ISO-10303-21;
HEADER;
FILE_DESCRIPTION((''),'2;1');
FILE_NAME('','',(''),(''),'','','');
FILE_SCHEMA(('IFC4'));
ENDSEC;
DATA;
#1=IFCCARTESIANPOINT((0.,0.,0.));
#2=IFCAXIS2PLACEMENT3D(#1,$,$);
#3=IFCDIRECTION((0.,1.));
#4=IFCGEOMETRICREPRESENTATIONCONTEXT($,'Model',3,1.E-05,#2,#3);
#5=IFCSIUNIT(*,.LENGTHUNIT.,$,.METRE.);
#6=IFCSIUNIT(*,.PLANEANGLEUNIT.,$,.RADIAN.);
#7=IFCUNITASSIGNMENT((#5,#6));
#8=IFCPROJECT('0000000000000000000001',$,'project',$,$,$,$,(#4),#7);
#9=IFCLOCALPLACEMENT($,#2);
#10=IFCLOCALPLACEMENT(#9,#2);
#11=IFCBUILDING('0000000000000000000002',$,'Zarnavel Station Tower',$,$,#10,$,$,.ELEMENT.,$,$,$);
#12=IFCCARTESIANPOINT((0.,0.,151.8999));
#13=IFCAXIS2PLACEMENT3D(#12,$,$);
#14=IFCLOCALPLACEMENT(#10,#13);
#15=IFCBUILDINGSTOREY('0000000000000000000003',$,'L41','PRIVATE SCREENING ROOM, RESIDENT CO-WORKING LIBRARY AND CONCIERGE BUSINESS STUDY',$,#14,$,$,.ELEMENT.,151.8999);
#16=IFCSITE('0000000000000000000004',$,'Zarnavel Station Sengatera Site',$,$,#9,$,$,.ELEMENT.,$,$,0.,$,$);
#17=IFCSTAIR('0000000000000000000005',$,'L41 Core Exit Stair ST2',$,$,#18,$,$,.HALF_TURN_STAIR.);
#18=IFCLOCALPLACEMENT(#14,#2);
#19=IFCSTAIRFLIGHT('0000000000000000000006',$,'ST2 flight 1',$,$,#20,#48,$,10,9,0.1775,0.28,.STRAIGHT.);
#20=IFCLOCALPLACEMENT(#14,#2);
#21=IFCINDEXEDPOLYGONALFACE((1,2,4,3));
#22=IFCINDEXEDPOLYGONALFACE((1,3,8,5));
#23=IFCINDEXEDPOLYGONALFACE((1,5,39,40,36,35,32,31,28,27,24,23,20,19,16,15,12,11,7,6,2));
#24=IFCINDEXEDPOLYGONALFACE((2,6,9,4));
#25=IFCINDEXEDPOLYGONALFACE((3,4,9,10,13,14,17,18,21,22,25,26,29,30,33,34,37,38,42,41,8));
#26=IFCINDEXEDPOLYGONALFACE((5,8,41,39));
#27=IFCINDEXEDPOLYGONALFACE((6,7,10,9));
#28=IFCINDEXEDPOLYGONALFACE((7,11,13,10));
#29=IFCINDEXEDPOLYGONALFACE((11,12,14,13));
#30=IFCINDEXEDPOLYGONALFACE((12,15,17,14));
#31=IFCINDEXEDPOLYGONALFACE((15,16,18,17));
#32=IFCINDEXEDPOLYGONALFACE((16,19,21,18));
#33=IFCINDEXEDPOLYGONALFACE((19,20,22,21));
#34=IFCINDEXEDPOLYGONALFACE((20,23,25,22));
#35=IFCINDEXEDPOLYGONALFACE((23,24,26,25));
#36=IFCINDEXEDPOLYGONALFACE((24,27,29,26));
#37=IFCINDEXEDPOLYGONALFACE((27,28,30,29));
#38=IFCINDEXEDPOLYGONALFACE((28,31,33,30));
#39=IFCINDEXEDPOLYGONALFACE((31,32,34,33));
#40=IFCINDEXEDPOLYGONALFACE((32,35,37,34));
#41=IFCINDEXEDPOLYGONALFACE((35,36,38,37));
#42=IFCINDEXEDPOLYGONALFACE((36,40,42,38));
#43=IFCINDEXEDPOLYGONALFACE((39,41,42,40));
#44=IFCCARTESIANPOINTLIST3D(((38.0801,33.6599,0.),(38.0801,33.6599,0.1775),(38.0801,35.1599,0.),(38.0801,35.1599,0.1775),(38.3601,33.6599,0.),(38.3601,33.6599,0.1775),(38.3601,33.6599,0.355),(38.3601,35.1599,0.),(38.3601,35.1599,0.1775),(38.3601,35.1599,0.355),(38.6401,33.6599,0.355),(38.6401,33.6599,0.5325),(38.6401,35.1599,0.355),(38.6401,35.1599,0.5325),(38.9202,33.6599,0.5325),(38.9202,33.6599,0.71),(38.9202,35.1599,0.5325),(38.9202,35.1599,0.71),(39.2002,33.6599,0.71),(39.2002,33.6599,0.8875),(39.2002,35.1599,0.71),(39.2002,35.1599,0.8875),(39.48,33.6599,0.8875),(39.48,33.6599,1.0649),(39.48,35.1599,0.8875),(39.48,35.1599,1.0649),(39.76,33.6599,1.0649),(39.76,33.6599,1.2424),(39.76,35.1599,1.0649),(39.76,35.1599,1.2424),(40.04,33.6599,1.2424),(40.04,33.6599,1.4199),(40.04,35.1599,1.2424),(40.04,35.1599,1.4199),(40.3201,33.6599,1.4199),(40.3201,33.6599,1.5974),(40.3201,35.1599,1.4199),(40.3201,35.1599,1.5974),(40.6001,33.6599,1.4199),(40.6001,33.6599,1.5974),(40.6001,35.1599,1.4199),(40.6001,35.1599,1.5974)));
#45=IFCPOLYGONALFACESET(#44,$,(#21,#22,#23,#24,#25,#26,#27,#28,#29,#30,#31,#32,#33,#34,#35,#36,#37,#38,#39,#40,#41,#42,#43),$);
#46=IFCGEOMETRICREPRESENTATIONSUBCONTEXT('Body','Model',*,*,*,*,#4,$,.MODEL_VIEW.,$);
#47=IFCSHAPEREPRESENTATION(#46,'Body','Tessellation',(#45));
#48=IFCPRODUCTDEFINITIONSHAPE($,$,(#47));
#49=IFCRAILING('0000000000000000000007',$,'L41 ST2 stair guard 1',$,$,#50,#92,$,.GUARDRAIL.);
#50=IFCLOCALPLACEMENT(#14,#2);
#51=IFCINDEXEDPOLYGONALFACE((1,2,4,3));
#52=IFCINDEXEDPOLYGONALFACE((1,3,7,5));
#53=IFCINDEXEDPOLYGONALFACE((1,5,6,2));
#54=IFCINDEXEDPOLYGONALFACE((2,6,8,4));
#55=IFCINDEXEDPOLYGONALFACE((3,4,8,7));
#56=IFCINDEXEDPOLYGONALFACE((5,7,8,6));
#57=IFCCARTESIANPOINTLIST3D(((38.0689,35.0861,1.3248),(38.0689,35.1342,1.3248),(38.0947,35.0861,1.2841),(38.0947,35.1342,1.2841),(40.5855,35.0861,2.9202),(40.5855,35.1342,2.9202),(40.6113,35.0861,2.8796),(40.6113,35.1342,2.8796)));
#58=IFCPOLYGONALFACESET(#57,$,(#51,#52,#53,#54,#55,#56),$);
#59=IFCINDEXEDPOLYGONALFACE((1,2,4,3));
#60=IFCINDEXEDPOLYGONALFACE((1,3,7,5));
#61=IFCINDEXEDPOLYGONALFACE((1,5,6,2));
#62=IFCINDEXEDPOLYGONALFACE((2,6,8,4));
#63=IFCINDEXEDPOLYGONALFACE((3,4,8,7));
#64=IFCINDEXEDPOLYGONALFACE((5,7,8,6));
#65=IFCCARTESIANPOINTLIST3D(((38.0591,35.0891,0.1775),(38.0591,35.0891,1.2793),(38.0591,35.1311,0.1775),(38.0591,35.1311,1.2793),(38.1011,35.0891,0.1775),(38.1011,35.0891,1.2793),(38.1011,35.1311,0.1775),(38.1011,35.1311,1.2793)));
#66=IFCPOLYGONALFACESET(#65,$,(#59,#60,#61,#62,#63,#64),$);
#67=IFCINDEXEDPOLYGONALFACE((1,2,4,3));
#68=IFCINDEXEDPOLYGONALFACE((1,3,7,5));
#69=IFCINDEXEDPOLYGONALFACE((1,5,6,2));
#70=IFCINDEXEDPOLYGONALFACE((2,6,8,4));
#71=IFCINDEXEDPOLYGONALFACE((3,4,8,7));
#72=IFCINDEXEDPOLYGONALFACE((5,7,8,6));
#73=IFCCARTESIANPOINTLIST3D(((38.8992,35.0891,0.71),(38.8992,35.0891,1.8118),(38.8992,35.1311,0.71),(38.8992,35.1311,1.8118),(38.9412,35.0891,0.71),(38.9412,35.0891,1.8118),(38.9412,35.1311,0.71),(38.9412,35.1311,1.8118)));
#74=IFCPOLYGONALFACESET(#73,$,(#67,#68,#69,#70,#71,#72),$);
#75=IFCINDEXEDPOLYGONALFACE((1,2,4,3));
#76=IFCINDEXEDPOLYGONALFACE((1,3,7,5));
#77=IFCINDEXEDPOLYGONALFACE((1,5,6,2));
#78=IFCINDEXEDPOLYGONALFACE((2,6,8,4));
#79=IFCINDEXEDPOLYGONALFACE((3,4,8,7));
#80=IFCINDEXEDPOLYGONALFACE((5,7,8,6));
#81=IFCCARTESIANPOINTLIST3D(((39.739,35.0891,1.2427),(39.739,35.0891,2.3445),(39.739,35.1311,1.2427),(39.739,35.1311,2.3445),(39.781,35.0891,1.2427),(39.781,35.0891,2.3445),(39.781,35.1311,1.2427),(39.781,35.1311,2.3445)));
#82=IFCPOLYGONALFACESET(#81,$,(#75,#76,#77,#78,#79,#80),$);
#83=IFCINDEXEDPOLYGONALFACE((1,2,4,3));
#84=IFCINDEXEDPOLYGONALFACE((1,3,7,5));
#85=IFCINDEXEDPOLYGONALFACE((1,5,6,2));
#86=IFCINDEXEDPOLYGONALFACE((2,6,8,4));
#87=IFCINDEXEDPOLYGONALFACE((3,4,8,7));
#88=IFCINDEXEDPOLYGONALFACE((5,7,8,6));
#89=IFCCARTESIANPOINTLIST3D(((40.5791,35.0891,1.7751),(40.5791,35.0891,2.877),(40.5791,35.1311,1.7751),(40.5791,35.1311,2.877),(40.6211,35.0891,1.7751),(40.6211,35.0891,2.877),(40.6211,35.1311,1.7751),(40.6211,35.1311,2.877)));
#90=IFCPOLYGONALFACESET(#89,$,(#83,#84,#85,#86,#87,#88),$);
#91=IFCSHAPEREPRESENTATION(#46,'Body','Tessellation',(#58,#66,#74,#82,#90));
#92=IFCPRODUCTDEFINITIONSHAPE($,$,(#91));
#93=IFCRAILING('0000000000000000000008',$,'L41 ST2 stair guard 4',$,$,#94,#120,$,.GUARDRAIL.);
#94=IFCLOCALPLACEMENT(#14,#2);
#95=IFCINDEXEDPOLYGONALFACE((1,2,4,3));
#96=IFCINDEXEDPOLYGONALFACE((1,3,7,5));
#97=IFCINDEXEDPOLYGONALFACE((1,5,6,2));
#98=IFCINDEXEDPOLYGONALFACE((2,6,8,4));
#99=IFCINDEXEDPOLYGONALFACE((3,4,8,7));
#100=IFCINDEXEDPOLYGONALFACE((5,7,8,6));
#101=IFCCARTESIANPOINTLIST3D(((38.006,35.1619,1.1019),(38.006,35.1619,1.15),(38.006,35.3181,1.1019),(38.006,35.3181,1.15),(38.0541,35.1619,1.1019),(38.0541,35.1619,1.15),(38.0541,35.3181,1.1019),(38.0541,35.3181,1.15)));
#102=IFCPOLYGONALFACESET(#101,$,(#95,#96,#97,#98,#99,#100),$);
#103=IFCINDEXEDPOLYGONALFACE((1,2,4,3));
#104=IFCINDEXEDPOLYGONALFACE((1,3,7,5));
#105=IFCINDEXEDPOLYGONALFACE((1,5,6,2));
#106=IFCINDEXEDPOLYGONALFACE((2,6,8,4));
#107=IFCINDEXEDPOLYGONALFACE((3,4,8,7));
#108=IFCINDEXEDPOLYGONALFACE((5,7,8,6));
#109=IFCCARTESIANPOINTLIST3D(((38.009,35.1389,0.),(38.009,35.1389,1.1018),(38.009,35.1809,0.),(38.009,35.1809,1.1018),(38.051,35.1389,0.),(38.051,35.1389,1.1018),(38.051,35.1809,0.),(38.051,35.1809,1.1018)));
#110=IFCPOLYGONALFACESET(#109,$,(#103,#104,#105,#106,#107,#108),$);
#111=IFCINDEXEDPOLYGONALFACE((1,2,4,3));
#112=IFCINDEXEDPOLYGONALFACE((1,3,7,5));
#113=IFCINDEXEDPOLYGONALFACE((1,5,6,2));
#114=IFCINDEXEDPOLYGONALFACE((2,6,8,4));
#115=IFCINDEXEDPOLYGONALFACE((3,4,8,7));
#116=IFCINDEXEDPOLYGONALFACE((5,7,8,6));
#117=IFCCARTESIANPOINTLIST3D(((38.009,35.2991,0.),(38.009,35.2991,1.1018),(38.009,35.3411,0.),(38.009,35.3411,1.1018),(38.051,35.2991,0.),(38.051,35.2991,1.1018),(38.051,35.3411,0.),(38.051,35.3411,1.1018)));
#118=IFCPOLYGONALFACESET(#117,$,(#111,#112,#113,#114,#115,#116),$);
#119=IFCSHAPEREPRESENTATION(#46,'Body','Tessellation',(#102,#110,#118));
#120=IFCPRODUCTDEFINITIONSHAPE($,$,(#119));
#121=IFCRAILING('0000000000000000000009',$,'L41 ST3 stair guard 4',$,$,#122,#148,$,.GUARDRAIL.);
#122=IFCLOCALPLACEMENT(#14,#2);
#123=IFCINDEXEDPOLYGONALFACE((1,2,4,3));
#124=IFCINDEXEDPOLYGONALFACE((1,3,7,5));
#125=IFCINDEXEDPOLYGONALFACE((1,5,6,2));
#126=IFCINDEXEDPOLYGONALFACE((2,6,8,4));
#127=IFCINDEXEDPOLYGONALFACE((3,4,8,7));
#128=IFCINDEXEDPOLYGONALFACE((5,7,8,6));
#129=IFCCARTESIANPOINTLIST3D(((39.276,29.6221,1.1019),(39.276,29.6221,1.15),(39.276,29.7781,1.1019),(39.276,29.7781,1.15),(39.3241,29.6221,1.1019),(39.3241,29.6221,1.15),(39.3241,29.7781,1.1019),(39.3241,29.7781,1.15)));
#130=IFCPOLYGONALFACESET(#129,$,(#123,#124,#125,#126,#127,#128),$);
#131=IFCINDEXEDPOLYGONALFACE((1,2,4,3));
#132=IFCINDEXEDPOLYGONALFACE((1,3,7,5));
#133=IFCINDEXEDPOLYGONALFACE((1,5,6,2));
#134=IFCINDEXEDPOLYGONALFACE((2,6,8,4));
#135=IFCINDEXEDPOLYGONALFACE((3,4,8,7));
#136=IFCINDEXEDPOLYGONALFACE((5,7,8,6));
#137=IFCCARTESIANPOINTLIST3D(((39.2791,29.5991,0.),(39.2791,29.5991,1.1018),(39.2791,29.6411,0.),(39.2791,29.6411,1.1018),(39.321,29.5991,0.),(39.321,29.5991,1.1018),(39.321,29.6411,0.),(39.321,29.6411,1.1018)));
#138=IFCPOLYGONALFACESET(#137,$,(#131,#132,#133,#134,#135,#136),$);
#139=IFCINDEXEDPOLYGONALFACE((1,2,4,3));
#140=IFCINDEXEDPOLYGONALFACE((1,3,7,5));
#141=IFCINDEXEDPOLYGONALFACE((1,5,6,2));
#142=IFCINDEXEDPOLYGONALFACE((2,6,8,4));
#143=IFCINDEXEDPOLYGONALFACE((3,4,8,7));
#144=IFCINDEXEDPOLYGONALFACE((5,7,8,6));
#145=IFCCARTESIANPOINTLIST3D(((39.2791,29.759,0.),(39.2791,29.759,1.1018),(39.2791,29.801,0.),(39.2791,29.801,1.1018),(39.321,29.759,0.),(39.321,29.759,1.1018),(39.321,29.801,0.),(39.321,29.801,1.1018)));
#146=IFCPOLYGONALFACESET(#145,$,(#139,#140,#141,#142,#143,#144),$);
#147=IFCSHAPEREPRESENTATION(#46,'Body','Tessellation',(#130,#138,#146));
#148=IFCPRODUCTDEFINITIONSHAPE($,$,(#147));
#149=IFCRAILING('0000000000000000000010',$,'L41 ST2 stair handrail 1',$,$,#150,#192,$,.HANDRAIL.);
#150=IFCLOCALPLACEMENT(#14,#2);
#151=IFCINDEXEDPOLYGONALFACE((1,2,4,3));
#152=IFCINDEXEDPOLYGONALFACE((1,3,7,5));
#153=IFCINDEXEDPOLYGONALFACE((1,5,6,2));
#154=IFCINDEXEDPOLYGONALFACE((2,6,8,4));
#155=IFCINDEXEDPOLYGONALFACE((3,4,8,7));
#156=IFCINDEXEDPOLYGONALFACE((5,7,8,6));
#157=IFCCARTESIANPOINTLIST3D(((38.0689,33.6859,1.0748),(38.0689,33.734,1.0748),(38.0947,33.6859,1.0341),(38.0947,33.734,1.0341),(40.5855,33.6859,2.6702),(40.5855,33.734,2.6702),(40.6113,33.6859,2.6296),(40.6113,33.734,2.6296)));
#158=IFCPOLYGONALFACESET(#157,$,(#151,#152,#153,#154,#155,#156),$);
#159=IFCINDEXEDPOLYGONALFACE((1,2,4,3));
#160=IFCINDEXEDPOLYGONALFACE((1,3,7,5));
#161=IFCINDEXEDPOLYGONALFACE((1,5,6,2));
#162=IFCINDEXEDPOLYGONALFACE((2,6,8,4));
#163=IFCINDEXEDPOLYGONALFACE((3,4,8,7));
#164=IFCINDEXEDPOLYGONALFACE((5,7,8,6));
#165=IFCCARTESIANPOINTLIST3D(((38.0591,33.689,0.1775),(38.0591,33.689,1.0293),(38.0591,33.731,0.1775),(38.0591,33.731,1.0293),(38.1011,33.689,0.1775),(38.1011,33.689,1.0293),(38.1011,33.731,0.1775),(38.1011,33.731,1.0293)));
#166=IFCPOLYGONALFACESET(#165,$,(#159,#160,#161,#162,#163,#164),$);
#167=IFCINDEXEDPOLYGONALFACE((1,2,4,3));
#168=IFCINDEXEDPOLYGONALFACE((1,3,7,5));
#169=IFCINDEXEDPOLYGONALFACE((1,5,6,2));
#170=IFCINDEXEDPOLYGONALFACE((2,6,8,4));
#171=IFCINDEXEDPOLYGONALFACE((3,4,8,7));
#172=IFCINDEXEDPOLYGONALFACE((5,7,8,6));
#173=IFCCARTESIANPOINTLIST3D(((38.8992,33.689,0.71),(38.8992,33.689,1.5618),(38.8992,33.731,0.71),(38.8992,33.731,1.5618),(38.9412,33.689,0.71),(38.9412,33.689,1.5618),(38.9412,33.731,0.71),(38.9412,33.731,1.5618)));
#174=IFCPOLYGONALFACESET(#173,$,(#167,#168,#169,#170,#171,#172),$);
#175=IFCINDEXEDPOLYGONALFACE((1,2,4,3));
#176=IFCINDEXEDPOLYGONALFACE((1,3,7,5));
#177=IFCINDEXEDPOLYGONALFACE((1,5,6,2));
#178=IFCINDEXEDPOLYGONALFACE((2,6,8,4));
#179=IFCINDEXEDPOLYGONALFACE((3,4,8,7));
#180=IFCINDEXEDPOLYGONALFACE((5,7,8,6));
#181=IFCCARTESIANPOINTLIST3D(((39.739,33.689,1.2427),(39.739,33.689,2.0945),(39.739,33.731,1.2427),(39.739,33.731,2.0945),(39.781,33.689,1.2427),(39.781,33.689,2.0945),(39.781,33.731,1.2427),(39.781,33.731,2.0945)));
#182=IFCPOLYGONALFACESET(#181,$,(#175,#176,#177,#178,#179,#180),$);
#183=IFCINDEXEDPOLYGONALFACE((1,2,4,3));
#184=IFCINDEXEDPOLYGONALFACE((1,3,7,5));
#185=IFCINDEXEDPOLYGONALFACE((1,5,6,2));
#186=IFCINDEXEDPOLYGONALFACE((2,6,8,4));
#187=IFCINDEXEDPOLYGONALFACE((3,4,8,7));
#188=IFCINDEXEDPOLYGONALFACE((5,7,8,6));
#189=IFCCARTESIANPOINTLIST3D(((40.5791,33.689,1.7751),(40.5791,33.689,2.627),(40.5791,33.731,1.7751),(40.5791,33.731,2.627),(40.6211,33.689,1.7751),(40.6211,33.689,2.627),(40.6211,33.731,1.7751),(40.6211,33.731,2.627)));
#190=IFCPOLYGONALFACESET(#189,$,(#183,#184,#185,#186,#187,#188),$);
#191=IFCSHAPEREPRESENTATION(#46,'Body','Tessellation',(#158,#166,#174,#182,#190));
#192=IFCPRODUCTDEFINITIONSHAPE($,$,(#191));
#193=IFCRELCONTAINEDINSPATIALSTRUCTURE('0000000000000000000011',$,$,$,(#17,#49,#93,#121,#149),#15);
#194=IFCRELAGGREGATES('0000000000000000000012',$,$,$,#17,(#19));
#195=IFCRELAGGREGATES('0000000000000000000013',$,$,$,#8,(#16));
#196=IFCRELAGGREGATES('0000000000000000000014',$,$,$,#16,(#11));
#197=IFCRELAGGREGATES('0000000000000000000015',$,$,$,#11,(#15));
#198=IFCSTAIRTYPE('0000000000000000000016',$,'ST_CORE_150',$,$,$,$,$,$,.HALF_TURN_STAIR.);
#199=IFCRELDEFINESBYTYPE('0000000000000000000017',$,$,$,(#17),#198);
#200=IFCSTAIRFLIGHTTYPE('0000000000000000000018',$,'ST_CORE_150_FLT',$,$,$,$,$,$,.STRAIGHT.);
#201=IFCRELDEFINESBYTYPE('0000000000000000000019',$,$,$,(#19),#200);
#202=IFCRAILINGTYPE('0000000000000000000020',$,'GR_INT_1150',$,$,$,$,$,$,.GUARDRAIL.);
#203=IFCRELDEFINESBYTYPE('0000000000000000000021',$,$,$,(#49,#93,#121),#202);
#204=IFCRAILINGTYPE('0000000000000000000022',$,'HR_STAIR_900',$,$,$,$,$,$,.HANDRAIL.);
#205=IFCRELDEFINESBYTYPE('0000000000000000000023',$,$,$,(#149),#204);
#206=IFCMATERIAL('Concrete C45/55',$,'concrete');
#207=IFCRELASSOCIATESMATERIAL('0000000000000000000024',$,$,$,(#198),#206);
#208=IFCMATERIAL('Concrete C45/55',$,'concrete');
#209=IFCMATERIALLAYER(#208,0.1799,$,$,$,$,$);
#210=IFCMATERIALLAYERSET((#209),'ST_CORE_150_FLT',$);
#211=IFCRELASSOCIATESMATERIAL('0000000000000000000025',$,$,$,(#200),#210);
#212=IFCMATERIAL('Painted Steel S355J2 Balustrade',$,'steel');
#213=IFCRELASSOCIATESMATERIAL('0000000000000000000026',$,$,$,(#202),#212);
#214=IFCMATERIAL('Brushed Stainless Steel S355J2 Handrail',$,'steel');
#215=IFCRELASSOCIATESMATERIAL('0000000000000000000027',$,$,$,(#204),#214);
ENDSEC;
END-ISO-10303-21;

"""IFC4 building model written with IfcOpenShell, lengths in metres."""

from ifc_helpers import new_model, si_unit, direction, frame, origin, origin_2d, place, context, subcontext, project, spatial, polyline, rectangle, outline, extrude, material, layer, layer_set, type_object, element, aggregate, save


model = new_model("IFC4")

# Units and contexts
model_context = context("Model", 3, precision=1e-05, world=origin(), true_north=direction((0.0, 1.0)))
body_context = subcontext(model_context, "Body", "Model", "MODEL_VIEW")
ifc_project = project(units=[si_unit("LENGTHUNIT", "METRE"), si_unit("PLANEANGLEUNIT", "RADIAN")], contexts=[model_context])

# Site, building, storey
site_placement = place(None, origin())
site = spatial("IfcSite", under=ifc_project, at=site_placement, Name="Zarnavel Station Sengatera Site", CompositionType="ELEMENT", RefElevation=0.0)
building_placement = place(site_placement, origin())
building = spatial("IfcBuilding", under=site, at=building_placement, Name="Zarnavel Station Tower", CompositionType="ELEMENT")
storey_placement = place(building_placement, frame((0.0, 0.0, 151.8999)))
storey = spatial("IfcBuildingStorey", under=building, at=storey_placement, Name="L41", Description="PRIVATE SCREENING ROOM, RESIDENT CO-WORKING LIBRARY AND CONCIERGE BUSINESS STUDY", CompositionType="ELEMENT", Elevation=151.8999)

# Stair, stair flight
ifc_material_1 = material(Name="Concrete C45/55", Category="concrete")
stair_type = type_object("IfcStairType", Name="ST_CORE_150", PredefinedType="HALF_TURN_STAIR", material=ifc_material_1)
stair_placement = place(storey_placement, origin())
stair = element("IfcStair", 1, at=stair_placement, inside=storey, type_object=stair_type, Name="L41 Core Exit Stair ST2", PredefinedType="HALF_TURN_STAIR")
ifc_material_2 = material(Name="Concrete C45/55", Category="concrete")
ifc_layer_1 = layer(ifc_material_2, 0.1799)
ifc_layer_set_1 = layer_set([ifc_layer_1], Name="ST_CORE_150_FLT")
stair_flight_type = type_object("IfcStairFlightType", Name="ST_CORE_150_FLT", PredefinedType="STRAIGHT", material=ifc_layer_set_1)
stair_flight_placement = place(storey_placement, frame((38.0801, 34.4099, 0.0), z_axis=(0.0, 0.0, 1.0), x_axis=(1.0, 0.0, 0.0)))
stair_flight = element("IfcStairFlight", 2, at=stair_flight_placement, type_object=stair_flight_type, Name="ST2 flight 1", NumberOfRisers=10, NumberOfTreads=9, PredefinedType="STRAIGHT", RiserHeight=0.1775, TreadLength=0.28, context=body_context, shape_type="SweptSolid", body=[
    extrude(outline(polyline([(0.0, 0.0), (0.0, 0.1775), (0.28, 0.1775), (0.28, 0.355), (0.5601, 0.355), (0.5601, 0.5325), (0.8401, 0.5325), (0.8401, 0.71), (1.1201, 0.71), (1.1201, 0.8875), (1.3999, 0.8875), (1.3999, 1.0649), (1.6799, 1.0649), (1.6799, 1.2424), (1.96, 1.2424), (1.96, 1.4199), (2.24, 1.4199), (2.24, 1.5974), (2.52, 1.5974), (2.52, 1.7749), (2.52, 1.4199), (0.28, 0.0), (0.0, 0.0)])), frame((0.0, 0.75, 0.0), z_axis=(0.0, -1.0, 0.0), x_axis=(1.0, 0.0, 0.0)), (0.0, 0.0, 1.0), 1.5),
])
aggregate(stair, [stair_flight])

# Railings
ifc_material_3 = material(Name="Painted Steel S355J2 Balustrade", Category="steel")
railing_type_1 = type_object("IfcRailingType", Name="GR_INT_1150", PredefinedType="GUARDRAIL", material=ifc_material_3)
railing_1_placement = place(storey_placement, frame((38.0801, 35.1101, 0.1775)))
element("IfcRailing", 3, at=railing_1_placement, inside=storey, type_object=railing_type_1, Name="L41 ST2 stair guard 1", PredefinedType="GUARDRAIL", context=body_context, shape_type="SweptSolid", body=[
    extrude(rectangle(XDim=0.0481, YDim=0.0481, at=origin_2d()), frame((0.0017, 0.0, 1.127), z_axis=(0.84457, 0.0, 0.535445), x_axis=(0.0, 1.0, 0.0)), (0.0, 0.0, 1.0), 2.9797),
    extrude(rectangle(XDim=0.042, YDim=0.042, at=origin_2d()), origin(), (0.0, 0.0, 1.0), 1.1018),
    extrude(rectangle(XDim=0.042, YDim=0.042, at=origin_2d()), frame((0.8401, 0.0, 0.5325)), (0.0, 0.0, 1.0), 1.1018),
    extrude(rectangle(XDim=0.042, YDim=0.042, at=origin_2d()), frame((1.6799, 0.0, 1.0652)), (0.0, 0.0, 1.0), 1.1018),
    extrude(rectangle(XDim=0.042, YDim=0.042, at=origin_2d()), frame((2.52, 0.0, 1.5977)), (0.0, 0.0, 1.0), 1.1018),
])
railing_2_placement = place(storey_placement, frame((38.03, 35.1599, 0.0)))
element("IfcRailing", 4, at=railing_2_placement, inside=storey, type_object=railing_type_1, Name="L41 ST2 stair guard 4", PredefinedType="GUARDRAIL", context=body_context, shape_type="SweptSolid", body=[
    extrude(rectangle(XDim=0.0481, YDim=0.0481, at=origin_2d()), frame((0.0, 0.002, 1.126), z_axis=(0.0, 1.0, 0.0), x_axis=(-1.0, 0.0, 0.0)), (0.0, 0.0, 1.0), 0.1562),
    extrude(rectangle(XDim=0.042, YDim=0.042, at=origin_2d()), origin(), (0.0, 0.0, 1.0), 1.1018),
    extrude(rectangle(XDim=0.042, YDim=0.042, at=origin_2d()), frame((0.0, 0.1602, 0.0)), (0.0, 0.0, 1.0), 1.1018),
])
railing_3_placement = place(storey_placement, frame((39.3, 29.6201, 0.0)))
element("IfcRailing", 5, at=railing_3_placement, inside=storey, type_object=railing_type_1, Name="L41 ST3 stair guard 4", PredefinedType="GUARDRAIL", context=body_context, shape_type="SweptSolid", body=[
    extrude(rectangle(XDim=0.0481, YDim=0.0481, at=origin_2d()), frame((0.0, 0.002, 1.126), z_axis=(0.0, 1.0, 0.0), x_axis=(-1.0, 0.0, 0.0)), (0.0, 0.0, 1.0), 0.156),
    extrude(rectangle(XDim=0.042, YDim=0.042, at=origin_2d()), origin(), (0.0, 0.0, 1.0), 1.1018),
    extrude(rectangle(XDim=0.042, YDim=0.042, at=origin_2d()), frame((0.0, 0.1599, 0.0)), (0.0, 0.0, 1.0), 1.1018),
])
ifc_material_4 = material(Name="Brushed Stainless Steel S355J2 Handrail", Category="steel")
railing_type_2 = type_object("IfcRailingType", Name="HR_STAIR_900", PredefinedType="HANDRAIL", material=ifc_material_4)
railing_4_placement = place(storey_placement, frame((38.0801, 33.71, 0.1775)))
element("IfcRailing", 6, at=railing_4_placement, inside=storey, type_object=railing_type_2, Name="L41 ST2 stair handrail 1", PredefinedType="HANDRAIL", context=body_context, shape_type="SweptSolid", body=[
    extrude(rectangle(XDim=0.0481, YDim=0.0481, at=origin_2d()), frame((0.0017, 0.0, 0.877), z_axis=(0.84457, 0.0, 0.535445), x_axis=(0.0, 1.0, 0.0)), (0.0, 0.0, 1.0), 2.9797),
    extrude(rectangle(XDim=0.042, YDim=0.042, at=origin_2d()), origin(), (0.0, 0.0, 1.0), 0.8518),
    extrude(rectangle(XDim=0.042, YDim=0.042, at=origin_2d()), frame((0.8401, 0.0, 0.5325)), (0.0, 0.0, 1.0), 0.8518),
    extrude(rectangle(XDim=0.042, YDim=0.042, at=origin_2d()), frame((1.6799, 0.0, 1.0652)), (0.0, 0.0, 1.0), 0.8518),
    extrude(rectangle(XDim=0.042, YDim=0.042, at=origin_2d()), frame((2.52, 0.0, 1.5977)), (0.0, 0.0, 1.0), 0.8518),
])

save(model, "model.ifc")
